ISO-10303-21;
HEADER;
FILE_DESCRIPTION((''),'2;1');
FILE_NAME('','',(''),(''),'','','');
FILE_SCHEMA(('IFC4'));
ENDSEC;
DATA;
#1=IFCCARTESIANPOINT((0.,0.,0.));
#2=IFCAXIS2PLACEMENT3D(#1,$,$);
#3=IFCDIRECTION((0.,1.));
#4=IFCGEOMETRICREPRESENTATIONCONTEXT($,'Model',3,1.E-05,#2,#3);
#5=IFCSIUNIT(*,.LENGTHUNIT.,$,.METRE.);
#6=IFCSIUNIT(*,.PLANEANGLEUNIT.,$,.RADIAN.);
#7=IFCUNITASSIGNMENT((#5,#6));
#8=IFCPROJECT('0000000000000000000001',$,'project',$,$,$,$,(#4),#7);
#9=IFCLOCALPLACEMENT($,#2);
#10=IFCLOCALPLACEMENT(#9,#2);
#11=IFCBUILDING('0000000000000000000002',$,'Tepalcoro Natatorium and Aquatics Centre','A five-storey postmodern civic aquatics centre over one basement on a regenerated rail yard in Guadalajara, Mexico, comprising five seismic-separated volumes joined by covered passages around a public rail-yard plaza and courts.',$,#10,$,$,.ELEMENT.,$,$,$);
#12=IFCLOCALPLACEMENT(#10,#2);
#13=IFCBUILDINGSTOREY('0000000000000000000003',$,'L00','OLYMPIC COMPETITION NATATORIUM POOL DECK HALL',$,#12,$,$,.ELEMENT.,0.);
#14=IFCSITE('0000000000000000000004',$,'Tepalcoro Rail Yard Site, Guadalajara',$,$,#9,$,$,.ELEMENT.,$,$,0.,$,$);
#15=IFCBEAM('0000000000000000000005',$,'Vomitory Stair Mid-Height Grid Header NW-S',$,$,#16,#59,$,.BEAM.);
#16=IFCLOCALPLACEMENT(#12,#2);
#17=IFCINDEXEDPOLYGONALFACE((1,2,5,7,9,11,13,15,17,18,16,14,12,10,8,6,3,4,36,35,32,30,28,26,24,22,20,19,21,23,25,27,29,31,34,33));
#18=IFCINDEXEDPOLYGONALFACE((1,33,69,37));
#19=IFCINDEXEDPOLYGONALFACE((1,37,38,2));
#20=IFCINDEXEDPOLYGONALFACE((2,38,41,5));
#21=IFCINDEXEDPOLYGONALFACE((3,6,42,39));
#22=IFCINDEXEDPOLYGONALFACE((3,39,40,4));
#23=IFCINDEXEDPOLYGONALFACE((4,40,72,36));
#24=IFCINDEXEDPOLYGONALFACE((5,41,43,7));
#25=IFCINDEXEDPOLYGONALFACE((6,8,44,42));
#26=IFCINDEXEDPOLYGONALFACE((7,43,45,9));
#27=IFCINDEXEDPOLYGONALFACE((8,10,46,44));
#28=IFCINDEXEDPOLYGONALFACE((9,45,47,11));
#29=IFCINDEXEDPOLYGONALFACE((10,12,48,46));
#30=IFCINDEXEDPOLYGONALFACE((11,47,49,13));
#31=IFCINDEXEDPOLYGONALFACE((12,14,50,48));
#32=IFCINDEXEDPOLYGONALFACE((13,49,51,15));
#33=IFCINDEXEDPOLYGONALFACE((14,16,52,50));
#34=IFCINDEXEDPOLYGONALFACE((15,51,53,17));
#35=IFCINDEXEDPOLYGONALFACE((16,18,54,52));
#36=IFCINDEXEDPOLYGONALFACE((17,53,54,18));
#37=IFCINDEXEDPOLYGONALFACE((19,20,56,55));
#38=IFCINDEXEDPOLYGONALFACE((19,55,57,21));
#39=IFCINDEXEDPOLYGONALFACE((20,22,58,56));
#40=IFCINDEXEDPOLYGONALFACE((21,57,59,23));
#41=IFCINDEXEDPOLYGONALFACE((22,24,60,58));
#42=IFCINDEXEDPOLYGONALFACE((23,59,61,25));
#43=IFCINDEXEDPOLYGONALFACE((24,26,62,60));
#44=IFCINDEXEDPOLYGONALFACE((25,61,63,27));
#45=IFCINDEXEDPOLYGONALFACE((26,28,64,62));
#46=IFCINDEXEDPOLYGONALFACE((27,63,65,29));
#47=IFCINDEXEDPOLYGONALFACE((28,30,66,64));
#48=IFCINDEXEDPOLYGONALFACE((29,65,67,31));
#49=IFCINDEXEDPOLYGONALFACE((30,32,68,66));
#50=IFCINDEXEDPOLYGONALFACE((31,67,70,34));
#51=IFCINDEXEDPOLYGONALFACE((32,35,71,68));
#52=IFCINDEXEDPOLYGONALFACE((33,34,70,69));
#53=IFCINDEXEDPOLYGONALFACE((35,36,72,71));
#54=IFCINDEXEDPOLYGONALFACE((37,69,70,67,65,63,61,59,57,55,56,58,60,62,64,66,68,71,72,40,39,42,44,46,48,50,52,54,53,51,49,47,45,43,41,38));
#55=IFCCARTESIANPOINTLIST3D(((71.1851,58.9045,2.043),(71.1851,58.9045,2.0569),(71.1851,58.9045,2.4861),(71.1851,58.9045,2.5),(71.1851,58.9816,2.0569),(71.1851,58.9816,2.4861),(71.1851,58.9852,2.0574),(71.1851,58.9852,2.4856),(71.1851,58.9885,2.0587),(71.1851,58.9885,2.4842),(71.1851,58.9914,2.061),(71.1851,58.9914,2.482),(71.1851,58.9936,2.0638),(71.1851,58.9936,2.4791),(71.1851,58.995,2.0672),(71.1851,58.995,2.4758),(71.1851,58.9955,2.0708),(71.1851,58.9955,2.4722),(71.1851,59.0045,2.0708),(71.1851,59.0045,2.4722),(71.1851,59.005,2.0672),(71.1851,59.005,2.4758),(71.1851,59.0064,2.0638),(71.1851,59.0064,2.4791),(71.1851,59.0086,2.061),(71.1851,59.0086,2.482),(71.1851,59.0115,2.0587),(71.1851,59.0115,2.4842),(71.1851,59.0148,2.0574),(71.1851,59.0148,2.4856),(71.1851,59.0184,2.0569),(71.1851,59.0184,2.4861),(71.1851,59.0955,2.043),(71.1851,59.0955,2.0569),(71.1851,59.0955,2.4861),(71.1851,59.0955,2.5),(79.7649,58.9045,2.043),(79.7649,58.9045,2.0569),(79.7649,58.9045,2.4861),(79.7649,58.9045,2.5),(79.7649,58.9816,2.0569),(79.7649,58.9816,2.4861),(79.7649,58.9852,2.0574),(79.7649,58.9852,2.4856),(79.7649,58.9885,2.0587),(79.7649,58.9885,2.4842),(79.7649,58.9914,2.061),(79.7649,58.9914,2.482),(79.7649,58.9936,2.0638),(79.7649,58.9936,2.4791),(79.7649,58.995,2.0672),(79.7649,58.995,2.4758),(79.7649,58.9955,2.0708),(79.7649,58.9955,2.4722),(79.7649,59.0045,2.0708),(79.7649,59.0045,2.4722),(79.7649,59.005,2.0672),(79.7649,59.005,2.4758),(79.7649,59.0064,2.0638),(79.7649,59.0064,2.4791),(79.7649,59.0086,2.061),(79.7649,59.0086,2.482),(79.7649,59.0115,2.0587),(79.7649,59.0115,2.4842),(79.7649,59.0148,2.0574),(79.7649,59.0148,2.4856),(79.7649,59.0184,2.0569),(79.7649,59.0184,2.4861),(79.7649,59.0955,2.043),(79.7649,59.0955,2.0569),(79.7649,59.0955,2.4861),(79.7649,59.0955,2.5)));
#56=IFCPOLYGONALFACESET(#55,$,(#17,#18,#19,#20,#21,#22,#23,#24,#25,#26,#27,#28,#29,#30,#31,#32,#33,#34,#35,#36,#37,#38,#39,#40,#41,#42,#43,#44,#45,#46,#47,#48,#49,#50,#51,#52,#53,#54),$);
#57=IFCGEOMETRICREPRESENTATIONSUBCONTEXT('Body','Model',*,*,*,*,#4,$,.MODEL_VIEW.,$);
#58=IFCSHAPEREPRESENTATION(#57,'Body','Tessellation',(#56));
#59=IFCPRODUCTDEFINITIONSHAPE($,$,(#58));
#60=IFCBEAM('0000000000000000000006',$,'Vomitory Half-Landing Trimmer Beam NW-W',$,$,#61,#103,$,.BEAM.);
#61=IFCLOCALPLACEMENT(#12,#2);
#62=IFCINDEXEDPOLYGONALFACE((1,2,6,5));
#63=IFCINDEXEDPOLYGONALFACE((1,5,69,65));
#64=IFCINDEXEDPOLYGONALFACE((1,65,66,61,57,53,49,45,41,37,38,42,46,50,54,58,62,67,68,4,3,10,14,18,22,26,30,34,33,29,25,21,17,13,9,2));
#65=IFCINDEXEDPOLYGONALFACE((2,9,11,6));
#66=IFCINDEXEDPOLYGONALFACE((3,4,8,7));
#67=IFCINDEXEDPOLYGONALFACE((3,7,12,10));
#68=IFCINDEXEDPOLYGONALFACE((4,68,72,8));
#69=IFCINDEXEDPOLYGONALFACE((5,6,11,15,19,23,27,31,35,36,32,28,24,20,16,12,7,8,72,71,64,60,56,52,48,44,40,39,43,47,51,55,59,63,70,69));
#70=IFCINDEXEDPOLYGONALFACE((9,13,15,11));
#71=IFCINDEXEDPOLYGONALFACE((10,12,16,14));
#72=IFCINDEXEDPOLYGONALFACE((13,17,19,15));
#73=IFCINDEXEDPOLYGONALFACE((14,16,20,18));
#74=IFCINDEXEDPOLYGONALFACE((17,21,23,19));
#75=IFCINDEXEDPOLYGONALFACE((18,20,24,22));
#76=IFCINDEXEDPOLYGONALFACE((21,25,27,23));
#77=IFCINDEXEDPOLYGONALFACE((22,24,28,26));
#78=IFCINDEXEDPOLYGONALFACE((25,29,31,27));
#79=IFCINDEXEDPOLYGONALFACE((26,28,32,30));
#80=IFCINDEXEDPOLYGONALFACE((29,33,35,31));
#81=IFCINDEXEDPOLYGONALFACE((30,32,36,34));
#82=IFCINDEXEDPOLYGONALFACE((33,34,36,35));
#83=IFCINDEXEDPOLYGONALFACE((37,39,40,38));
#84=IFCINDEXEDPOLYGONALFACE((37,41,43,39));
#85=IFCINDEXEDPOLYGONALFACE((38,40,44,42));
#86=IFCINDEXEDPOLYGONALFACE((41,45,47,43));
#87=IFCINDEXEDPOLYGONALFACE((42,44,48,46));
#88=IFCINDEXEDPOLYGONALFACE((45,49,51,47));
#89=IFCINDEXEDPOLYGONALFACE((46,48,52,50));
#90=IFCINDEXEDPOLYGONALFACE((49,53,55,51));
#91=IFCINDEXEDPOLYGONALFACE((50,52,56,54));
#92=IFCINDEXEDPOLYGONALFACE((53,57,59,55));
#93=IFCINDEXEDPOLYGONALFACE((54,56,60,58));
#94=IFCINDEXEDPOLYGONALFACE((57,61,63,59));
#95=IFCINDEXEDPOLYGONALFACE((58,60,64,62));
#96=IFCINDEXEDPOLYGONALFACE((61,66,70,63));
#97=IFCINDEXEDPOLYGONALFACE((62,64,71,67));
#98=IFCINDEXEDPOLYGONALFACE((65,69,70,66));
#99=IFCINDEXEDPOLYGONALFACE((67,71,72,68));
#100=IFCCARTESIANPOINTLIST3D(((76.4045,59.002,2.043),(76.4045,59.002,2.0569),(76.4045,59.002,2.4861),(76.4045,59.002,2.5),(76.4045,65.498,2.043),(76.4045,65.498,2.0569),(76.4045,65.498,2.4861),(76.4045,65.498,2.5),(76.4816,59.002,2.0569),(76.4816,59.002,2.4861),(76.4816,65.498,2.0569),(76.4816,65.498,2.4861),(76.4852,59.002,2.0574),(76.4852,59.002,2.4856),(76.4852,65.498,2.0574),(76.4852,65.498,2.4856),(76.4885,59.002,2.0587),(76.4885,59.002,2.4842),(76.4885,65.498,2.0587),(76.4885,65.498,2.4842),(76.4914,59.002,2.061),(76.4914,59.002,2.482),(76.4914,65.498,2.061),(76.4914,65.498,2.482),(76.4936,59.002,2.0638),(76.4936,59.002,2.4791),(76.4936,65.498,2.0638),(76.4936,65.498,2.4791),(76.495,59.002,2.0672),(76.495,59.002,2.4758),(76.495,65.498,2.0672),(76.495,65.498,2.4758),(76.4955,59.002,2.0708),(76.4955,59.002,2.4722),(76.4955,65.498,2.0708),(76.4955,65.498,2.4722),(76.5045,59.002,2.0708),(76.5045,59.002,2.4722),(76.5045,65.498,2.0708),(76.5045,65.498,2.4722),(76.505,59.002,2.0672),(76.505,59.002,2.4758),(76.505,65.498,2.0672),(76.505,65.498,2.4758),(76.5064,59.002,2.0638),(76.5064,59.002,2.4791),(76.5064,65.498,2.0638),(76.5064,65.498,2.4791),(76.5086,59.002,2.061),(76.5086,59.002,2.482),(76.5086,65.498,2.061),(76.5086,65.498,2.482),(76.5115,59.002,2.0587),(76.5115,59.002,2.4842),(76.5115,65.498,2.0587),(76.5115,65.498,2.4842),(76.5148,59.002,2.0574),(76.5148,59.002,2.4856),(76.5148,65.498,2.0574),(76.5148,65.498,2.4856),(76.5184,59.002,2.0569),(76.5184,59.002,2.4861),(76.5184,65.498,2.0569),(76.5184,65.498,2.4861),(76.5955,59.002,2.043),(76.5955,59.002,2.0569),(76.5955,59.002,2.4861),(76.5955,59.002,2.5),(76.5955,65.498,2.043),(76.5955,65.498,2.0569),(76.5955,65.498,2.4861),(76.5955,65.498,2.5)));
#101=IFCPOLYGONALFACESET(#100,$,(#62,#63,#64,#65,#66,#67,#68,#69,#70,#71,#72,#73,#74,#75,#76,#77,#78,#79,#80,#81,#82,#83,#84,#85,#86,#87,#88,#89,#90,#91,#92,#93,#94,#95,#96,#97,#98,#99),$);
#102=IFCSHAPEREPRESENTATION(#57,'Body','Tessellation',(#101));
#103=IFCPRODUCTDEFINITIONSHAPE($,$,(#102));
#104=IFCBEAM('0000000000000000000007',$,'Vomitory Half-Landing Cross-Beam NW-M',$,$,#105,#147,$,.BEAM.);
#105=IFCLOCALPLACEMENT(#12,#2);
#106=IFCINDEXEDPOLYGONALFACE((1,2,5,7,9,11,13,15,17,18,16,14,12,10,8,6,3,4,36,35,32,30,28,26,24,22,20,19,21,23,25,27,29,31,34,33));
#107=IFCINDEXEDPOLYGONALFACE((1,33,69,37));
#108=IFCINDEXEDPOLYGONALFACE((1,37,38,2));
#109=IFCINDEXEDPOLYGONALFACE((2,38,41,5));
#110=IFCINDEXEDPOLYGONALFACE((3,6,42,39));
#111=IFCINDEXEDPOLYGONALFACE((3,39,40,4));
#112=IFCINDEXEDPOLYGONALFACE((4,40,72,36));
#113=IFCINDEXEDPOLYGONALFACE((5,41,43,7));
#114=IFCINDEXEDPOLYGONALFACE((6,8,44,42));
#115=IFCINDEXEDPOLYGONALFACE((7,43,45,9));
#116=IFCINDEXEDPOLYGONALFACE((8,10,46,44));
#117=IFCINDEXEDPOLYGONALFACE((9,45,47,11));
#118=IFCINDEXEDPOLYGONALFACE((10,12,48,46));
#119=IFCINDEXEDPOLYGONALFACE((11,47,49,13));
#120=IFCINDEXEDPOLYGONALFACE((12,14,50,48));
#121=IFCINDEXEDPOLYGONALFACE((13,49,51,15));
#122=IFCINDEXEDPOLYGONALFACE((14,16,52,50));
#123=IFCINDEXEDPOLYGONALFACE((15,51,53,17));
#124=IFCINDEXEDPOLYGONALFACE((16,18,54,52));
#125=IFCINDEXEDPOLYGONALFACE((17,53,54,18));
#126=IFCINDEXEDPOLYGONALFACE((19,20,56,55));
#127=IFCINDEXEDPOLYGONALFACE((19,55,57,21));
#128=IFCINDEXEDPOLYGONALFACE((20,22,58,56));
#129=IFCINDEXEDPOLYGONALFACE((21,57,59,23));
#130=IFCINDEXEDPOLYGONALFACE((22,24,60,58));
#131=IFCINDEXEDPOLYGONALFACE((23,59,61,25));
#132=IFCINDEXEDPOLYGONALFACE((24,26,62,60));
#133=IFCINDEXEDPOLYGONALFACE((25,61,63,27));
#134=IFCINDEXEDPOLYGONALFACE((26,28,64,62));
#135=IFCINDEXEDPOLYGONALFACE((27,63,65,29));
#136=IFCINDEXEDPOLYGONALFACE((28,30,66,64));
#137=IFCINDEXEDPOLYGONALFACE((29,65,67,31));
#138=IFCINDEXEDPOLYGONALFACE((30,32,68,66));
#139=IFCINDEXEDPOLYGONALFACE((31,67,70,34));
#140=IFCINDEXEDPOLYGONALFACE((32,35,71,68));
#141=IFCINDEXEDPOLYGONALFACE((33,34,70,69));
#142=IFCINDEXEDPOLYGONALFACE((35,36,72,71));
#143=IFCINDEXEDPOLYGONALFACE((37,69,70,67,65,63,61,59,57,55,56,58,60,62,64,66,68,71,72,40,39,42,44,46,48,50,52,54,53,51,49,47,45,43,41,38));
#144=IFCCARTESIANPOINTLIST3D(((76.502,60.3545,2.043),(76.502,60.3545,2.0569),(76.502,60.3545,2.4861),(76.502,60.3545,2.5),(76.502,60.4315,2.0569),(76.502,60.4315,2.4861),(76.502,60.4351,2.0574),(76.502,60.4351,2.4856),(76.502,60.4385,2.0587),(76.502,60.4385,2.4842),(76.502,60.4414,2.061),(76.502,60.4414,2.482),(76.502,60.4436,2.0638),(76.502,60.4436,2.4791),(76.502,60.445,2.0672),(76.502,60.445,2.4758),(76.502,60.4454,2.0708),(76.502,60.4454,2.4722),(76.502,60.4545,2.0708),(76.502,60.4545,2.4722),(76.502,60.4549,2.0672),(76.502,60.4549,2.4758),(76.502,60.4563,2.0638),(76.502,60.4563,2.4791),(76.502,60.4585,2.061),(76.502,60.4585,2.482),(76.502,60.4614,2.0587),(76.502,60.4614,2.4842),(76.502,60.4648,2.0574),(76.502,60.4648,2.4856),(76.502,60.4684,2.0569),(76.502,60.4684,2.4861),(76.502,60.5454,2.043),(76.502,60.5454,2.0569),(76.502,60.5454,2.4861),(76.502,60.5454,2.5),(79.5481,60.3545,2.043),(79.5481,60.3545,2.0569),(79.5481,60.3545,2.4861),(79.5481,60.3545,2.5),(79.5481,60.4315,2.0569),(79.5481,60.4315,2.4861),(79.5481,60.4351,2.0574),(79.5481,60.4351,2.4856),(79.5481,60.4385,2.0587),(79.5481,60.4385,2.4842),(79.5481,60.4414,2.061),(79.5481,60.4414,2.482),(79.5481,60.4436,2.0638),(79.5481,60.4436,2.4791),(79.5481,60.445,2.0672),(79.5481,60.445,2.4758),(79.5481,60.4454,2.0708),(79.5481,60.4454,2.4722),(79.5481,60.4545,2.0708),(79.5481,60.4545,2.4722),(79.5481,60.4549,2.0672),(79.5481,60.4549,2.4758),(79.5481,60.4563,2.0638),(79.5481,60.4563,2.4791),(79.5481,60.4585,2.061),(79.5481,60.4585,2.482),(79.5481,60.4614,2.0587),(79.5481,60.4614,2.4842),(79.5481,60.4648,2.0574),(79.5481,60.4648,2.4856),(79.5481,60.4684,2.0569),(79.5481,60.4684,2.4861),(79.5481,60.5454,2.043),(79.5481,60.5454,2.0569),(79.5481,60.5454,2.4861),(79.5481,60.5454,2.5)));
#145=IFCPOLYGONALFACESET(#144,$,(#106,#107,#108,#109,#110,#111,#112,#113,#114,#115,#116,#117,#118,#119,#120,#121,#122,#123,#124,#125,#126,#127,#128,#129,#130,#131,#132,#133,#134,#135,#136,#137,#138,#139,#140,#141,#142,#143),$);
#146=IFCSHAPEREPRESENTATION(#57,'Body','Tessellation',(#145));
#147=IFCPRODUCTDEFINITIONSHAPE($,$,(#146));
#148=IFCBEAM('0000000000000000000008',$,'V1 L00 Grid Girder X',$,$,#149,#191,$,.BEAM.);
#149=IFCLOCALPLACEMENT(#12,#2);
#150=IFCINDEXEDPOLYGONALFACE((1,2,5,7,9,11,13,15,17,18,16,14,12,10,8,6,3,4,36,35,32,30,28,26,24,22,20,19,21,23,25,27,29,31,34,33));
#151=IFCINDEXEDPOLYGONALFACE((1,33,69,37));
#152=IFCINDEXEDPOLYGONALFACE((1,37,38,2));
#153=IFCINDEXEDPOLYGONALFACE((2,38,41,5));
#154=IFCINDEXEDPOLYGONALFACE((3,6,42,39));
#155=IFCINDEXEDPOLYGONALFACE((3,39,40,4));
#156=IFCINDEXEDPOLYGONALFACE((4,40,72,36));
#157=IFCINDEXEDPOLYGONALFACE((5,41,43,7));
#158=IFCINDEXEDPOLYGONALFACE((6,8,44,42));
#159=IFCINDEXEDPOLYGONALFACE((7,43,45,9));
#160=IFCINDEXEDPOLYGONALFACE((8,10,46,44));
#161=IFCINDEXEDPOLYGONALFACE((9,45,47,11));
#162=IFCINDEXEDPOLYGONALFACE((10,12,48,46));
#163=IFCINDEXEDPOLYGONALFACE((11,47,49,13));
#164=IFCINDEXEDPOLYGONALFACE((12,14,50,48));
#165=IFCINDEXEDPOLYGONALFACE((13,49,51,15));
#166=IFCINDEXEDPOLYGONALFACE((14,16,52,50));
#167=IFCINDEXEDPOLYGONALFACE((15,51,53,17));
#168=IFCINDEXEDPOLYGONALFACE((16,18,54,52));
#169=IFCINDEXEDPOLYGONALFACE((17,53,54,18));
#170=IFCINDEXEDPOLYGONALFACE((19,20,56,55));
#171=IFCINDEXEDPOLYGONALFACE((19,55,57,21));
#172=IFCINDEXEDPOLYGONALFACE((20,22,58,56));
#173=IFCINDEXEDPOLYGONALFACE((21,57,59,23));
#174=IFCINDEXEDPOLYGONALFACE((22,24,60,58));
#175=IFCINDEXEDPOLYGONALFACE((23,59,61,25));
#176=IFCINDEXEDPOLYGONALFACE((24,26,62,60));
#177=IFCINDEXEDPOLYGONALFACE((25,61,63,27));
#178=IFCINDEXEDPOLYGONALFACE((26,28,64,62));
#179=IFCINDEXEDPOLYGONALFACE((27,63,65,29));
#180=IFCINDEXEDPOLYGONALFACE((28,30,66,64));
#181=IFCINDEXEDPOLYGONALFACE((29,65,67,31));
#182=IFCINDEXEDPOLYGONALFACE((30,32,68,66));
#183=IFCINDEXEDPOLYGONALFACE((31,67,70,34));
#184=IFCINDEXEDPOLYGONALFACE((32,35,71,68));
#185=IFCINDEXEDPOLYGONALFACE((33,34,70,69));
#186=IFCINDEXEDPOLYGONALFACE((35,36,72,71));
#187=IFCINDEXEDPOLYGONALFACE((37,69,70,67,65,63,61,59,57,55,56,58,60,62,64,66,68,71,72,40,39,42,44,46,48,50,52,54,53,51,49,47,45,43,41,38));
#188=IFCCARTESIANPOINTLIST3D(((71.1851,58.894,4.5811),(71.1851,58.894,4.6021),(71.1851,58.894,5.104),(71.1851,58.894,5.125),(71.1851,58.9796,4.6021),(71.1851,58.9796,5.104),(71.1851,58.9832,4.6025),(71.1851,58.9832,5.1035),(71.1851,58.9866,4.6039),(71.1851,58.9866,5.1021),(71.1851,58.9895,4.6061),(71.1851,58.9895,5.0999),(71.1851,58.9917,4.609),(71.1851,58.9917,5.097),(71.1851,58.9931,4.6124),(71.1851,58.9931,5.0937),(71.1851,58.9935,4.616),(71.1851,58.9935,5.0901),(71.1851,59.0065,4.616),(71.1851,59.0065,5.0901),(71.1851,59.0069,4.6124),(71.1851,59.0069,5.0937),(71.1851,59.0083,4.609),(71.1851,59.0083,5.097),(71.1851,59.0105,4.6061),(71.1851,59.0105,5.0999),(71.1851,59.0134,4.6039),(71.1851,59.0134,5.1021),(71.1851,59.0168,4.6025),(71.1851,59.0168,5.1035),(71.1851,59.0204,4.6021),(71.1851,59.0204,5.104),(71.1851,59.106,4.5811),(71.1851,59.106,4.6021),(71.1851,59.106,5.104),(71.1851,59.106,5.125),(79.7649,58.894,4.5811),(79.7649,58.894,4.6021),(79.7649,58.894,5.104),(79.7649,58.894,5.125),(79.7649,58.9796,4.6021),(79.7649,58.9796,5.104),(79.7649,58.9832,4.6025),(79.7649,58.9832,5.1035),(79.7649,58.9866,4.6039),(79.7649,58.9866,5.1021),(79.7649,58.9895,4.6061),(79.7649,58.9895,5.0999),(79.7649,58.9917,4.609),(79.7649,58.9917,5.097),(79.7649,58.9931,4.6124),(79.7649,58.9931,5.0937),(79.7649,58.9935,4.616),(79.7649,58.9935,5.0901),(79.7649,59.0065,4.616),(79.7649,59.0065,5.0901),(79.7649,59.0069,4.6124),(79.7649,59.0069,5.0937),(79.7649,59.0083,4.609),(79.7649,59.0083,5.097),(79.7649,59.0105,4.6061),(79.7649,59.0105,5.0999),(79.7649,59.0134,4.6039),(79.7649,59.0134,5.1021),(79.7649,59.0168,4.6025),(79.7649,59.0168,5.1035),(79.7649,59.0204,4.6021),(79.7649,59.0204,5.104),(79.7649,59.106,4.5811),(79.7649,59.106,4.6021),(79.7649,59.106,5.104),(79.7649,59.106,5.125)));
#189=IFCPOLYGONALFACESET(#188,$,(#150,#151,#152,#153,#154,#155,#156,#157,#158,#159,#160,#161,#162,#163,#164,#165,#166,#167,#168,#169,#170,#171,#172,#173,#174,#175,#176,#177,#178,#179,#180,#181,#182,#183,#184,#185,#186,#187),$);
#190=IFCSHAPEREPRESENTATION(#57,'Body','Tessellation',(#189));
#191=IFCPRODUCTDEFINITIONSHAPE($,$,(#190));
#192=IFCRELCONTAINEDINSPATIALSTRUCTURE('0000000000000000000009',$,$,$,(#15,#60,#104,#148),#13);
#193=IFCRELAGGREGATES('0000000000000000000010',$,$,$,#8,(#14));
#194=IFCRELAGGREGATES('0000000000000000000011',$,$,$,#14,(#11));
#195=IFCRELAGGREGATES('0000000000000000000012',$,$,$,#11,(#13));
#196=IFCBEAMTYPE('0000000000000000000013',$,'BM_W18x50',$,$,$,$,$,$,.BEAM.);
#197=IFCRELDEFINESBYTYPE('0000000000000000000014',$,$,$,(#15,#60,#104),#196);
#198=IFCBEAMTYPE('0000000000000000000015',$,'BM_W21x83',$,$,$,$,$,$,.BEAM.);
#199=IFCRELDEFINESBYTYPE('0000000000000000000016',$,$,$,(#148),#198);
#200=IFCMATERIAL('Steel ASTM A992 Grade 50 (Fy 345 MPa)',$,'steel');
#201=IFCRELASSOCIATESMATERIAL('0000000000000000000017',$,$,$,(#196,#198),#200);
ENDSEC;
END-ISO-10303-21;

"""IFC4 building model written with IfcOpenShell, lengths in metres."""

from ifc_helpers import new_model, si_unit, direction, frame, origin, origin_2d, place, context, subcontext, project, spatial, i_section, extrude, material, material_profile, profile_set, type_object, element, save


model = new_model("IFC4")

# Units and contexts
model_context = context("Model", 3, precision=1e-05, world=origin(), true_north=direction((0.0, 1.0)))
body_context = subcontext(model_context, "Body", "Model", "MODEL_VIEW")
ifc_project = project(units=[si_unit("LENGTHUNIT", "METRE"), si_unit("PLANEANGLEUNIT", "RADIAN")], contexts=[model_context])

# Site, building, storey
site_placement = place(None, origin())
site = spatial("IfcSite", under=ifc_project, at=site_placement, Name="Tepalcoro Rail Yard Site, Guadalajara", CompositionType="ELEMENT", RefElevation=0.0)
building_placement = place(site_placement, origin())
building = spatial("IfcBuilding", under=site, at=building_placement, Name="Tepalcoro Natatorium and Aquatics Centre", Description="A five-storey postmodern civic aquatics centre over one basement on a regenerated rail yard in Guadalajara, Mexico, comprising five seismic-separated volumes joined by covered passages around a public rail-yard plaza and courts.", CompositionType="ELEMENT")
storey_placement = place(building_placement, origin())
storey = spatial("IfcBuildingStorey", under=building, at=storey_placement, Name="L00", Description="OLYMPIC COMPETITION NATATORIUM POOL DECK HALL", CompositionType="ELEMENT", Elevation=0.0)

# Beams
ifc_material_1 = material(Name="Steel ASTM A992 Grade 50 (Fy 345 MPa)", Category="steel")
ifc_material_profile_1 = material_profile(ifc_material_1, i_section(OverallWidth=0.1909, OverallDepth=0.457, WebThickness=0.009, FlangeThickness=0.0139, FilletRadius=0.0139, at=origin_2d()), Name="W18X50")
ifc_profile_set_1 = profile_set([ifc_material_profile_1], Name="Steel ASTM A992 Grade 50 (Fy 345 MPa)")
beam_type_1 = type_object("IfcBeamType", Name="BM_W18x50", PredefinedType="BEAM", material=ifc_profile_set_1)
beam_1_placement = place(storey_placement, frame((71.1851, 59.0, 2.2715), z_axis=(1.0, 0.0, 0.0), x_axis=(0.0, 1.0, 0.0)))
element("IfcBeam", 1, at=beam_1_placement, inside=storey, type_object=beam_type_1, Name="Vomitory Stair Mid-Height Grid Header NW-S", PredefinedType="BEAM", context=body_context, shape_type="SweptSolid", body=[
    extrude(i_section(OverallWidth=0.1909, OverallDepth=0.457, WebThickness=0.009, FlangeThickness=0.0139, FilletRadius=0.0139, at=origin_2d()), origin(), (0.0, 0.0, 1.0), 8.5798),
])
beam_2_placement = place(storey_placement, frame((76.5, 59.002, 2.2715), z_axis=(0.0, 1.0, 0.0), x_axis=(-1.0, 0.0, 0.0)))
element("IfcBeam", 2, at=beam_2_placement, inside=storey, type_object=beam_type_1, Name="Vomitory Half-Landing Trimmer Beam NW-W", PredefinedType="BEAM", context=body_context, shape_type="SweptSolid", body=[
    extrude(i_section(OverallWidth=0.1909, OverallDepth=0.457, WebThickness=0.009, FlangeThickness=0.0139, FilletRadius=0.0139, at=origin_2d()), origin(), (0.0, 0.0, 1.0), 6.4961),
])
beam_3_placement = place(storey_placement, frame((76.502, 60.45, 2.2715), z_axis=(1.0, 0.0, 0.0), x_axis=(0.0, 1.0, 0.0)))
element("IfcBeam", 3, at=beam_3_placement, inside=storey, type_object=beam_type_1, Name="Vomitory Half-Landing Cross-Beam NW-M", PredefinedType="BEAM", context=body_context, shape_type="SweptSolid", body=[
    extrude(i_section(OverallWidth=0.1909, OverallDepth=0.457, WebThickness=0.009, FlangeThickness=0.0139, FilletRadius=0.0139, at=origin_2d()), origin(), (0.0, 0.0, 1.0), 3.0461),
])
ifc_material_profile_2 = material_profile(ifc_material_1, i_section(OverallWidth=0.2119, OverallDepth=0.5439, WebThickness=0.0129, FlangeThickness=0.021, FilletRadius=0.0139, at=origin_2d()), Name="W21X83")
ifc_profile_set_2 = profile_set([ifc_material_profile_2], Name="Steel ASTM A992 Grade 50 (Fy 345 MPa)")
beam_type_2 = type_object("IfcBeamType", Name="BM_W21x83", PredefinedType="BEAM", material=ifc_profile_set_2)
beam_4_placement = place(storey_placement, frame((71.1851, 59.0, 4.853), z_axis=(1.0, 0.0, 0.0), x_axis=(0.0, 1.0, 0.0)))
element("IfcBeam", 4, at=beam_4_placement, inside=storey, type_object=beam_type_2, Name="V1 L00 Grid Girder X", PredefinedType="BEAM", context=body_context, shape_type="SweptSolid", body=[
    extrude(i_section(OverallWidth=0.2119, OverallDepth=0.5439, WebThickness=0.0129, FlangeThickness=0.021, FilletRadius=0.0139, at=origin_2d()), origin(), (0.0, 0.0, 1.0), 8.5798),
])

save(model, "model.ifc")
